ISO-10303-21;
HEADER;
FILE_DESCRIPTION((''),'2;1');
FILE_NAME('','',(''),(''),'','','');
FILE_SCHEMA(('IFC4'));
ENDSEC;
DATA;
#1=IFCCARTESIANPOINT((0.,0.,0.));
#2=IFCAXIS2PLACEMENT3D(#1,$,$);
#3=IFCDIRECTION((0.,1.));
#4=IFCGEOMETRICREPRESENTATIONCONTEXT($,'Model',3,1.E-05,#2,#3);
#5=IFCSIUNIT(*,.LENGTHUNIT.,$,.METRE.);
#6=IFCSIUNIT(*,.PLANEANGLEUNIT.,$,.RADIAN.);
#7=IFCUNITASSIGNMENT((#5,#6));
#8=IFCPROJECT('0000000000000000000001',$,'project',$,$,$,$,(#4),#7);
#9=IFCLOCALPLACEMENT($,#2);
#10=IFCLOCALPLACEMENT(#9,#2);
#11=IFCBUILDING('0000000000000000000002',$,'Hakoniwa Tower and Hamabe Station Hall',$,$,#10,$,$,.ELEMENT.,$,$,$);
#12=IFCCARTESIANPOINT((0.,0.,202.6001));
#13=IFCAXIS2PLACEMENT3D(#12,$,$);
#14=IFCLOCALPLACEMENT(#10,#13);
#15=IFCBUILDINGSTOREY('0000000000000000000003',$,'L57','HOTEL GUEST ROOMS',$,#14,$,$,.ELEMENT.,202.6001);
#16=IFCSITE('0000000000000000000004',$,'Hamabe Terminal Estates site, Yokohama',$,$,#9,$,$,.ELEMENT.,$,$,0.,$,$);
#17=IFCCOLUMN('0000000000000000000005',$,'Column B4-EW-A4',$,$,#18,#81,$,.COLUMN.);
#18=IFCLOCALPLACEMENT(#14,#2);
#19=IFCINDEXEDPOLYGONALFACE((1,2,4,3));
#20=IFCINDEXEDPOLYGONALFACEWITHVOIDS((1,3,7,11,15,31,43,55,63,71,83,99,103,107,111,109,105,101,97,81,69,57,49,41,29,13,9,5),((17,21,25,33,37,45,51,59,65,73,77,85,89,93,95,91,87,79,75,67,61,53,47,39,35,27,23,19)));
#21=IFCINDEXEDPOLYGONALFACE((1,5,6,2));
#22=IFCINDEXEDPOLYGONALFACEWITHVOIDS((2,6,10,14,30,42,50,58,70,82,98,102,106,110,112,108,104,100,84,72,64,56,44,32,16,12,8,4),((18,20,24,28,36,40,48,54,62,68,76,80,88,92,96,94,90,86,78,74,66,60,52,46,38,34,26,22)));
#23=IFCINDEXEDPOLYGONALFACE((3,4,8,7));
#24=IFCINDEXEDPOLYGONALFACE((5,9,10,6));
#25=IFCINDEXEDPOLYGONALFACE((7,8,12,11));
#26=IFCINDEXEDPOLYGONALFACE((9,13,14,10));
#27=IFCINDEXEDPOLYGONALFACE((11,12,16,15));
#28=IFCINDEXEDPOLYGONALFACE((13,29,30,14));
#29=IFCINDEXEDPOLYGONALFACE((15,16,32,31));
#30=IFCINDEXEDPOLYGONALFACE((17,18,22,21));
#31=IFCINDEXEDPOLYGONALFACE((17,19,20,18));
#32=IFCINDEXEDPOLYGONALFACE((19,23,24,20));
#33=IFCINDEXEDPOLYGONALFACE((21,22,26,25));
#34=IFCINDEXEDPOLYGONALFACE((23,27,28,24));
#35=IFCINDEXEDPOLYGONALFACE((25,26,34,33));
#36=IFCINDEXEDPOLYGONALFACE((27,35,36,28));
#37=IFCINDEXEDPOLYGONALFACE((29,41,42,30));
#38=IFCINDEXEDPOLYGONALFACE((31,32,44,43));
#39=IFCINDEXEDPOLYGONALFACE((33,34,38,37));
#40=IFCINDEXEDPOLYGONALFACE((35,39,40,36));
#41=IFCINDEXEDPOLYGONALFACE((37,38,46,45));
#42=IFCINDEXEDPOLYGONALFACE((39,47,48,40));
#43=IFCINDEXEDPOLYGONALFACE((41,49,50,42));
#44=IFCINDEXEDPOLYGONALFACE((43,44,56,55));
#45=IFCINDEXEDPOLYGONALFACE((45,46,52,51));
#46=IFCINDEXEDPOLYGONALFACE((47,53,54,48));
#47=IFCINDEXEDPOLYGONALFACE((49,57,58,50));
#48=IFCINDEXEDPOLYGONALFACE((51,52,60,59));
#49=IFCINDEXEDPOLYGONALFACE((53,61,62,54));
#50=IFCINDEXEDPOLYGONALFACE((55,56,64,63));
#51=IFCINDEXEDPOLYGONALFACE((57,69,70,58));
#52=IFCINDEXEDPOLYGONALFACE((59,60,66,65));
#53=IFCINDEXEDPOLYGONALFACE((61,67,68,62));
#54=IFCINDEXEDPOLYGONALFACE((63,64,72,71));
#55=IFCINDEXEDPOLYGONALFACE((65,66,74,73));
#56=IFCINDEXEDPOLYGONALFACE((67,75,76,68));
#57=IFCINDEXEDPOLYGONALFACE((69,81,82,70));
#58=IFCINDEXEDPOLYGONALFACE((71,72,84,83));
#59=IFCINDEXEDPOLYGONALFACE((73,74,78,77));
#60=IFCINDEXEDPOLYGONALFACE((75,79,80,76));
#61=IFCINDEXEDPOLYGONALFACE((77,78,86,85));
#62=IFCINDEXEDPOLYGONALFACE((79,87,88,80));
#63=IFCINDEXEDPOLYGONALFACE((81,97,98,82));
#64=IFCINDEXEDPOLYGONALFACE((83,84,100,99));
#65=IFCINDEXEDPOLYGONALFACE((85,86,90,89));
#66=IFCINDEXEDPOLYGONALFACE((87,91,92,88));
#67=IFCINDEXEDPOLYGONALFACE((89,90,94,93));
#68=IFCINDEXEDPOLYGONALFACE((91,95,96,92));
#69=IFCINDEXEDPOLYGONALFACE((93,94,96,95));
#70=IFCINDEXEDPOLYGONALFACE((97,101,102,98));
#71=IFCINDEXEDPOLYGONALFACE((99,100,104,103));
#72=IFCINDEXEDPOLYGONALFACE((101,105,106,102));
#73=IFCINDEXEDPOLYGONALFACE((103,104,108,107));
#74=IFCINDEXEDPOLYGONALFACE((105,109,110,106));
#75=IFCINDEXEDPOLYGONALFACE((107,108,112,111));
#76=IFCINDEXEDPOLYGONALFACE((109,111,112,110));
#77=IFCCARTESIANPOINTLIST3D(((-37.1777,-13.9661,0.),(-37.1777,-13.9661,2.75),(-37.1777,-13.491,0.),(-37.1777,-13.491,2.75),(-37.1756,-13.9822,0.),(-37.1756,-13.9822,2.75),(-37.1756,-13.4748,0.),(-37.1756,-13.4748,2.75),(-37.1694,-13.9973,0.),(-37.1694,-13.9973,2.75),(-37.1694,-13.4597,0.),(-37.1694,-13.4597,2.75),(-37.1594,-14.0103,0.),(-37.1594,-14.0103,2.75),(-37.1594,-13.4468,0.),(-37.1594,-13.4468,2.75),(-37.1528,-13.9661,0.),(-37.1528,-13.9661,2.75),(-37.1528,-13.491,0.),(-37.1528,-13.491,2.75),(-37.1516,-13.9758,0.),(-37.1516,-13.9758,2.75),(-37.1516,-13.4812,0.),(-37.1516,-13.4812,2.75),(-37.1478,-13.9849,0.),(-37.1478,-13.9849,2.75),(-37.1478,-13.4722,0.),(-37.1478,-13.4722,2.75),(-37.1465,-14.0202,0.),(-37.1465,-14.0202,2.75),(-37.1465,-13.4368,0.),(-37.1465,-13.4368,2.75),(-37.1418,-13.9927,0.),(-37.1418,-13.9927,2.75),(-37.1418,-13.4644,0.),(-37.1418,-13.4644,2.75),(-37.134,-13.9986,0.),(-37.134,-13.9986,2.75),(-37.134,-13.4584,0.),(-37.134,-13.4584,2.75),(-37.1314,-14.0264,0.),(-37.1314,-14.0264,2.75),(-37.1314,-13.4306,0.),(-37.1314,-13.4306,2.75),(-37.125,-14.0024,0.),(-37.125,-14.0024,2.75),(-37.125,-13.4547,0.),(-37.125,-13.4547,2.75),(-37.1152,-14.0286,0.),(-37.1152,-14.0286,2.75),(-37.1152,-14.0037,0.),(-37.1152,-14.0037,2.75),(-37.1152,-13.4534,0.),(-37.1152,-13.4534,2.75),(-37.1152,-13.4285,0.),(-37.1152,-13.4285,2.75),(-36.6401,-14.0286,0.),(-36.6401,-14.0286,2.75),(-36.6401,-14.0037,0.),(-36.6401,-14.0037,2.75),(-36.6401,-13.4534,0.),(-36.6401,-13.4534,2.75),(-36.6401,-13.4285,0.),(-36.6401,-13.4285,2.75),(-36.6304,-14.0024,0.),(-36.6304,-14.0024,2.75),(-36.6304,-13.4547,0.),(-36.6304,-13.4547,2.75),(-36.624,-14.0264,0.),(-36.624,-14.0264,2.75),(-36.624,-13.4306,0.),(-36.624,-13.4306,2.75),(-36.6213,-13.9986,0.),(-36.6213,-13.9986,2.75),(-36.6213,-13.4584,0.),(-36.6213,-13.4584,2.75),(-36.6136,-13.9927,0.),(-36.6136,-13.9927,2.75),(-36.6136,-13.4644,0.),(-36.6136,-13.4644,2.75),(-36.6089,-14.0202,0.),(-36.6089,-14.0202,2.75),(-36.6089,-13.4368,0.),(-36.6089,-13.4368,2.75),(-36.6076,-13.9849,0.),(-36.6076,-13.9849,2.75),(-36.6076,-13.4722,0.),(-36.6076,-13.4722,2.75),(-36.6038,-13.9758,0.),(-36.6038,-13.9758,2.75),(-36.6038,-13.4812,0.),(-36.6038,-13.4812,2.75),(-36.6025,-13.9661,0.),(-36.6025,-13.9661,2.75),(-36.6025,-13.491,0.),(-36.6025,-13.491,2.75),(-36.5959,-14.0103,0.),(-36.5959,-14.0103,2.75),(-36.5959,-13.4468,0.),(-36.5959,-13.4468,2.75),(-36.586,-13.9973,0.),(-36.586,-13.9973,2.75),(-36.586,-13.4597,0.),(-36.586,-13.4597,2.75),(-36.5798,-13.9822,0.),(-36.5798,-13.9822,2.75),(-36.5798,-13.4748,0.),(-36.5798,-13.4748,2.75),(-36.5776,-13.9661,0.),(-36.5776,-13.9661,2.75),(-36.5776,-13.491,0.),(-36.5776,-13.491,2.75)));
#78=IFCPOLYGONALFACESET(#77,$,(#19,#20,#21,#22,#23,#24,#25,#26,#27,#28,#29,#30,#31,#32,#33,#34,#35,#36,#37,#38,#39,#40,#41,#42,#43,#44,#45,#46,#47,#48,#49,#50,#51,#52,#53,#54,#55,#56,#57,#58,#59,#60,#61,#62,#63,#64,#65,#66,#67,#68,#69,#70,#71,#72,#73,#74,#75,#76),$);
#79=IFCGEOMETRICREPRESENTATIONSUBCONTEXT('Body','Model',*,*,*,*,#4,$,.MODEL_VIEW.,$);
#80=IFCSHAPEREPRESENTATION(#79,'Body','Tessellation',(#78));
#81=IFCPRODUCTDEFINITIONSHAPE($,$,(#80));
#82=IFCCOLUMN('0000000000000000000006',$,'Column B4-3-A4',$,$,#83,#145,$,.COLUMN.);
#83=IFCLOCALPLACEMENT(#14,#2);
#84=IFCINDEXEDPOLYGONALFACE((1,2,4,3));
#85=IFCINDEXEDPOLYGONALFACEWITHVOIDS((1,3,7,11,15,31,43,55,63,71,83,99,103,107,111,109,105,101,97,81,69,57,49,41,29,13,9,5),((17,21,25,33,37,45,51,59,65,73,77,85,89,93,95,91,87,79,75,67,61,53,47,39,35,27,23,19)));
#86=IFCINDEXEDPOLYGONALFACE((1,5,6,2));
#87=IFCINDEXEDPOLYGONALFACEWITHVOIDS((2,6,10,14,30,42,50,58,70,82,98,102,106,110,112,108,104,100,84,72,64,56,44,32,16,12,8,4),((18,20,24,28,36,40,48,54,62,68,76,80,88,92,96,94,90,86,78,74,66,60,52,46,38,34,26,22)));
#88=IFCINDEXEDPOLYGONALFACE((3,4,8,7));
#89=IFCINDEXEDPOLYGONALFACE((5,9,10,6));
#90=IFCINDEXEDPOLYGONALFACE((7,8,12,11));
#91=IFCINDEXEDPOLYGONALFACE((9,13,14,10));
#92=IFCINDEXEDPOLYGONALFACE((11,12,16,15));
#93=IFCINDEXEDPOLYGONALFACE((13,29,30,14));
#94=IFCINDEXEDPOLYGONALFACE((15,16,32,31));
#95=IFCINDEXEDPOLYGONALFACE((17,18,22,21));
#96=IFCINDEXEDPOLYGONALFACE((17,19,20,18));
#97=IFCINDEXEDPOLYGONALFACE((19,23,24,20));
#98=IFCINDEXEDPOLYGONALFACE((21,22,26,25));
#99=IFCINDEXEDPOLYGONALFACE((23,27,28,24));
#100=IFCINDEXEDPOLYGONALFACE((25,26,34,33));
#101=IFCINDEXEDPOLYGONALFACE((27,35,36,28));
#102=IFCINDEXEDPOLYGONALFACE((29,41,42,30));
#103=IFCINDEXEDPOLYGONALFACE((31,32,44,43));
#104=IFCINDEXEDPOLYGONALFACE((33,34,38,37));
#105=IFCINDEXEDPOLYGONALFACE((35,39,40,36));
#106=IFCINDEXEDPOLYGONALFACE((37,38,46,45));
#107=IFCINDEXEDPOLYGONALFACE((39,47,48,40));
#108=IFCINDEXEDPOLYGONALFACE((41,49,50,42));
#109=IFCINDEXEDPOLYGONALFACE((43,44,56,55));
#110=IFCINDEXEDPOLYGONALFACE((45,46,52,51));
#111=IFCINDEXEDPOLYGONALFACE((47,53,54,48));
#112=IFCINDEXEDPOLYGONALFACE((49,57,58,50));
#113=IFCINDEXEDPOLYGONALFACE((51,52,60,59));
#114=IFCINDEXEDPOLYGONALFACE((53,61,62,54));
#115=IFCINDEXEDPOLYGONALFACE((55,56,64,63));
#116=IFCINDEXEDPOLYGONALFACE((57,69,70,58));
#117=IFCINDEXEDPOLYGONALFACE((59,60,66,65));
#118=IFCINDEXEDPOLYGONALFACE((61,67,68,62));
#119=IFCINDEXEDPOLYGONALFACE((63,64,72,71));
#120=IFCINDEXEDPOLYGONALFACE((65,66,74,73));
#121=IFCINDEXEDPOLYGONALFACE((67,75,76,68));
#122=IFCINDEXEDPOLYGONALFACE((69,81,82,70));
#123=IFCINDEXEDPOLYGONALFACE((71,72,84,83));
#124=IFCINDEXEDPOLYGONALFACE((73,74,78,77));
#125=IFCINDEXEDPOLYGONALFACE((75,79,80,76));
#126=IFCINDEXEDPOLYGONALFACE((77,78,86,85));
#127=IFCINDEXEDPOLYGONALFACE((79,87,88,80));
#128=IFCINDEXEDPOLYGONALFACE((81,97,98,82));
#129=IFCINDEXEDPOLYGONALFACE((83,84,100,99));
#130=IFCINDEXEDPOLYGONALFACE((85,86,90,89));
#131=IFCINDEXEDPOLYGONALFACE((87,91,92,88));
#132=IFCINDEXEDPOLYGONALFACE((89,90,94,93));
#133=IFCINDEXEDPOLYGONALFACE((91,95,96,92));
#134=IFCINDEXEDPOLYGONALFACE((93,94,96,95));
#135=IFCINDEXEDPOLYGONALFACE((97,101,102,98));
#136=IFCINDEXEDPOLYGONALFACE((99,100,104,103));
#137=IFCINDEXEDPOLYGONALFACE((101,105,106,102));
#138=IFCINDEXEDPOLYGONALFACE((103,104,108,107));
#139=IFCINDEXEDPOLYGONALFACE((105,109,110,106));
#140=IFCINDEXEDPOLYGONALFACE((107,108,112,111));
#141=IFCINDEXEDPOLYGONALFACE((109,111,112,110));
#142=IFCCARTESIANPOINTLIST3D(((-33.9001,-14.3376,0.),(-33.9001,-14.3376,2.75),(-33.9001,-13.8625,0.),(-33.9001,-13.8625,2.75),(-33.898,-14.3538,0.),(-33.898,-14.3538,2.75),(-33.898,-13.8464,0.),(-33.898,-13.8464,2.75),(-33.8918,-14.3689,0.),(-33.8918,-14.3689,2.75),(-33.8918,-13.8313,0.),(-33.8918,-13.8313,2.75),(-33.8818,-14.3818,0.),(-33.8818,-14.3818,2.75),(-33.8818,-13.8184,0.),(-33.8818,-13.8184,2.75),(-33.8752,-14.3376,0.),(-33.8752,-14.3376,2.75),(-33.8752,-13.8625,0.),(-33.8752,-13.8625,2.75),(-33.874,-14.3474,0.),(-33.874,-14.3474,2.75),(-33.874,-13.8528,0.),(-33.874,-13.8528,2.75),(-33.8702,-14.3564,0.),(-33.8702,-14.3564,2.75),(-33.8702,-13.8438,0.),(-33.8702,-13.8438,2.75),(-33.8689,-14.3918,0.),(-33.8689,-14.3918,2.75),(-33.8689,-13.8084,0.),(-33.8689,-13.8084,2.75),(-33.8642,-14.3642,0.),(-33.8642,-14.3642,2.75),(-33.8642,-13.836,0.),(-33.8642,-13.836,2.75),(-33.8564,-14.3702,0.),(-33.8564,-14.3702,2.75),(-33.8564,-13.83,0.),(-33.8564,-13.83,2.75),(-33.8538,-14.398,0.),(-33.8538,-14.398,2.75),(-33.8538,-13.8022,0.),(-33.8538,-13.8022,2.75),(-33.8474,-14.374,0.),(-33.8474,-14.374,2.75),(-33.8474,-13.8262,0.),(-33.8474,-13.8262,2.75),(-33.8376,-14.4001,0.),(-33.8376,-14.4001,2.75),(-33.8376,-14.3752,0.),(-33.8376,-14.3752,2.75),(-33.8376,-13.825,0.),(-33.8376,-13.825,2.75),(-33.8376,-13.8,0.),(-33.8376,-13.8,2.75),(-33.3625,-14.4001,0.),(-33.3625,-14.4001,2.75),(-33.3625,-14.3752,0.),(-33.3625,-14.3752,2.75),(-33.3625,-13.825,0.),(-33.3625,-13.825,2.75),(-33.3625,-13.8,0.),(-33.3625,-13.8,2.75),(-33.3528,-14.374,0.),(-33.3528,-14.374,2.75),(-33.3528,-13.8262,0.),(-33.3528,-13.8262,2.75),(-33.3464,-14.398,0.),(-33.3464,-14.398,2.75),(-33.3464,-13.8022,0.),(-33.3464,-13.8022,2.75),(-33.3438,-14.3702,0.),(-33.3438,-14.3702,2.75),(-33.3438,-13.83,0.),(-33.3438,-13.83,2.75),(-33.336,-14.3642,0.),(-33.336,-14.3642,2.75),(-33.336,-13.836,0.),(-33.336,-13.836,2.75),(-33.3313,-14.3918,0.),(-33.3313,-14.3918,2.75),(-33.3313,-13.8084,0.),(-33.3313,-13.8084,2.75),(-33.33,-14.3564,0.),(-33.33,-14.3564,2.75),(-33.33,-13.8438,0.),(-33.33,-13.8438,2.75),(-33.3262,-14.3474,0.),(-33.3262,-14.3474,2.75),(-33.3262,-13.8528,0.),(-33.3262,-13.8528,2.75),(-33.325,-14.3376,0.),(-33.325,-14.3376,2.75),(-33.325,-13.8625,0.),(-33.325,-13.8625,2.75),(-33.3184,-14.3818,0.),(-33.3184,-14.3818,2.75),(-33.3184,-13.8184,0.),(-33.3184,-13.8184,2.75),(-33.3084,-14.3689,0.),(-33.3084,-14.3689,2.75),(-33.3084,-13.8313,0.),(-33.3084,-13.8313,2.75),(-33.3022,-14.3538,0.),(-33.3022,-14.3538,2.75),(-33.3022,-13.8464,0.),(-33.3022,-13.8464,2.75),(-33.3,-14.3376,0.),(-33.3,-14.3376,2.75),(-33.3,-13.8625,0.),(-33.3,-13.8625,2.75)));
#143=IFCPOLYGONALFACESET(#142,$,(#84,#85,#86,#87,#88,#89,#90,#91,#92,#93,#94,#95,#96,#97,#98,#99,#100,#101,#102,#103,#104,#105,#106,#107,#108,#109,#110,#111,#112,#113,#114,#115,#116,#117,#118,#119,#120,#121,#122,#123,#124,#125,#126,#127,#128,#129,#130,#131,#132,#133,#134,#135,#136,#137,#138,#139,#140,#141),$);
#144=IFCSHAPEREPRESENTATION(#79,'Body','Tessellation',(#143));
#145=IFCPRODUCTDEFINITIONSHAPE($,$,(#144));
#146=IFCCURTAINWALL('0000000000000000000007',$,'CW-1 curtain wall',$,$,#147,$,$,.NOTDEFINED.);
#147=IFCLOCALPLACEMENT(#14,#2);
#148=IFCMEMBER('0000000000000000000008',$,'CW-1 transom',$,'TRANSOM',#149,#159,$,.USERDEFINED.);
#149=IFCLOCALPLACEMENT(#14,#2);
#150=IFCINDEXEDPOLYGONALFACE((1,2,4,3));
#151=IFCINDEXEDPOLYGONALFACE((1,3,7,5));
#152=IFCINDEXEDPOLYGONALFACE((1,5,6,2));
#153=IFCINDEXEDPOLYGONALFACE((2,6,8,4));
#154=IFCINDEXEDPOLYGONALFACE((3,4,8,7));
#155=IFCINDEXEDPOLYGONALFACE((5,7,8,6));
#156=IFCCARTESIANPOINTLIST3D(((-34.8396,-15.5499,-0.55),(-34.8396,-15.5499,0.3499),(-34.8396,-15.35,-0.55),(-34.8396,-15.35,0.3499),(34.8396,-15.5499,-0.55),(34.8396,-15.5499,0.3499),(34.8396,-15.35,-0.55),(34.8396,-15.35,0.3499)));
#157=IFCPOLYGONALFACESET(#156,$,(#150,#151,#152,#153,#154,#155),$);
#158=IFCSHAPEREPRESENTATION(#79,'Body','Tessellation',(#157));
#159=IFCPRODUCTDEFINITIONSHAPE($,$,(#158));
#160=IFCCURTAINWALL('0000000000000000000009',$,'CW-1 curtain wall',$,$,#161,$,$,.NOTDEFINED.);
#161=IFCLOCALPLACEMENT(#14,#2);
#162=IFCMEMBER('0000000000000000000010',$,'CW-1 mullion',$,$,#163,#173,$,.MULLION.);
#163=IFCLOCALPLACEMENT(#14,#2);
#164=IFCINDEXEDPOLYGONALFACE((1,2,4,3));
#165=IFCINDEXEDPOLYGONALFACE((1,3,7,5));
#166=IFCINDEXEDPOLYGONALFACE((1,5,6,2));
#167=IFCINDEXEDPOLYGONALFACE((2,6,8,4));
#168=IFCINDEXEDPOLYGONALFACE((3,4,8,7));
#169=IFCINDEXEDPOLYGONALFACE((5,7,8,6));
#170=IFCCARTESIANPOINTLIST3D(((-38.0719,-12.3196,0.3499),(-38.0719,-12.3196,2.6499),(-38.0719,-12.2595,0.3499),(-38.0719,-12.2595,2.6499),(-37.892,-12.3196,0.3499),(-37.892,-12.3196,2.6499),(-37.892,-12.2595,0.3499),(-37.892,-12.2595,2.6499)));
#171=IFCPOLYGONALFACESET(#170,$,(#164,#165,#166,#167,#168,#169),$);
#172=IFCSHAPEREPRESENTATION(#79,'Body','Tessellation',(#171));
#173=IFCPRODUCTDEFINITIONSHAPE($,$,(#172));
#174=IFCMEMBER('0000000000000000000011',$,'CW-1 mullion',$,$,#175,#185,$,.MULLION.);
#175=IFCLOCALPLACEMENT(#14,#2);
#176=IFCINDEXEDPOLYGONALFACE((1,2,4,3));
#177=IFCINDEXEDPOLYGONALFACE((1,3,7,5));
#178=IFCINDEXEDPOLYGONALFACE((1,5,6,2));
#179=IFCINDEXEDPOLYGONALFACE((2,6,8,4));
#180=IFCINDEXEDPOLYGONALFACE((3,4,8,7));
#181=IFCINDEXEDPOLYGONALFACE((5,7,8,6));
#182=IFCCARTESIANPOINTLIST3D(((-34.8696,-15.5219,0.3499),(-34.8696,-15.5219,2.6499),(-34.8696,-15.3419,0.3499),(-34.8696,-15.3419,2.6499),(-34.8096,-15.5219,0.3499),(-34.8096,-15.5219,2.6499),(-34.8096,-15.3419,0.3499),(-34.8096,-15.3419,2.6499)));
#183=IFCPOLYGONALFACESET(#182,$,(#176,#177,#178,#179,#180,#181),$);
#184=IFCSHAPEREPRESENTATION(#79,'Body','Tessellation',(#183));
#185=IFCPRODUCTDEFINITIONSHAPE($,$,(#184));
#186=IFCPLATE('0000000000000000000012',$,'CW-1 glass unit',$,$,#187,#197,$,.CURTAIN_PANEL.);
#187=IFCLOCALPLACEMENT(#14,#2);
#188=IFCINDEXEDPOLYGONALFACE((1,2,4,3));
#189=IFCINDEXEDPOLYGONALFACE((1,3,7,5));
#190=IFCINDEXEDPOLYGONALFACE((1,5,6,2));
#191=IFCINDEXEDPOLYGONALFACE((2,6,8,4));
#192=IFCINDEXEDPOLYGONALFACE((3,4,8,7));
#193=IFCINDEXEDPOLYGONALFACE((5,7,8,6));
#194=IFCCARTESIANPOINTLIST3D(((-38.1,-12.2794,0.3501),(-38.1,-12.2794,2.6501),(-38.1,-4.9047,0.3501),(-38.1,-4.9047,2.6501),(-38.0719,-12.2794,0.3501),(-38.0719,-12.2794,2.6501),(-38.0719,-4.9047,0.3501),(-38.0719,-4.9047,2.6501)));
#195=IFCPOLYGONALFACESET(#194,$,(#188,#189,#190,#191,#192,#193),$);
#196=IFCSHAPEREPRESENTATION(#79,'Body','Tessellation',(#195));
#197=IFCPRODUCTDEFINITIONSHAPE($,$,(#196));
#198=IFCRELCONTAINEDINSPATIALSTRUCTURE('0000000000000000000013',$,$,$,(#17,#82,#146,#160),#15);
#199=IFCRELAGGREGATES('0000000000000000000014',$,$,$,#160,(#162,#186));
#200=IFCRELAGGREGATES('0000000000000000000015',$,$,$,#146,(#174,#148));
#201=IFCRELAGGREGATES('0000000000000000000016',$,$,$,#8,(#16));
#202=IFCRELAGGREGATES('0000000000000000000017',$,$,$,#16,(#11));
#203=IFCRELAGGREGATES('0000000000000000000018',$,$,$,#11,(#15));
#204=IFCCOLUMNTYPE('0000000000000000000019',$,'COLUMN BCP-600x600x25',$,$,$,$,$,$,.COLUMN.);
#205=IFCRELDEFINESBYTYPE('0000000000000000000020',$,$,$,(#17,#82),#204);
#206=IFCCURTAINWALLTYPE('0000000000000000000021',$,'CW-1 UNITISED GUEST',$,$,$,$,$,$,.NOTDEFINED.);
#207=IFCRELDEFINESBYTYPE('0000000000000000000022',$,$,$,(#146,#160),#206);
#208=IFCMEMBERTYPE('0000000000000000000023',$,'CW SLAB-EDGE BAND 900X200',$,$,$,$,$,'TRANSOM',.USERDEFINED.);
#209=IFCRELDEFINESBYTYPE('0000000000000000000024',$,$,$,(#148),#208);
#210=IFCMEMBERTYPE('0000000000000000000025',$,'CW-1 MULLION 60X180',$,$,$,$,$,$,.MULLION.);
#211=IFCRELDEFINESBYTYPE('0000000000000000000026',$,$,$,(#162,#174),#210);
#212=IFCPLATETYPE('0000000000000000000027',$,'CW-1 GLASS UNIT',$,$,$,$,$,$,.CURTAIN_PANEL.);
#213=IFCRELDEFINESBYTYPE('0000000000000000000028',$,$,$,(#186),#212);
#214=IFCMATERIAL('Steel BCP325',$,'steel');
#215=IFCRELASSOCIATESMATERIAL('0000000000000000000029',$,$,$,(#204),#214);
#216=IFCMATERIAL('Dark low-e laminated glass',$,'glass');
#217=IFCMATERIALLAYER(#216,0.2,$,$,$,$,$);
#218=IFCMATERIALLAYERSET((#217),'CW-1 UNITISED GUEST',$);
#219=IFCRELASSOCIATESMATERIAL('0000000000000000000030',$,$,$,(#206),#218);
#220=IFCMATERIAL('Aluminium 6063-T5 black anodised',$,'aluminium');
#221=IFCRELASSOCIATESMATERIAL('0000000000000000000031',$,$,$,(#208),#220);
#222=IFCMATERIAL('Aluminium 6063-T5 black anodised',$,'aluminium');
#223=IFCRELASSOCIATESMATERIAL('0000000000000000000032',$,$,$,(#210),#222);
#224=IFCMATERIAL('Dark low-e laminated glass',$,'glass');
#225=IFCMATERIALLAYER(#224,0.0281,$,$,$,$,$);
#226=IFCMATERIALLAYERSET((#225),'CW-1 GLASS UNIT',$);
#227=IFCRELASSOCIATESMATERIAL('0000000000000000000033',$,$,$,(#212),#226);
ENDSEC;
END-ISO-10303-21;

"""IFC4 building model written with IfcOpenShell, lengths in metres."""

from ifc_helpers import new_model, si_unit, direction, frame, origin, origin_2d, place, context, subcontext, project, spatial, rectangle, hollow_rectangle, extrude, material, layer, layer_set, material_profile, profile_set, type_object, element, aggregate, save


model = new_model("IFC4")

# Units and contexts
model_context = context("Model", 3, precision=1e-05, world=origin(), true_north=direction((0.0, 1.0)))
body_context = subcontext(model_context, "Body", "Model", "MODEL_VIEW")
ifc_project = project(units=[si_unit("LENGTHUNIT", "METRE"), si_unit("PLANEANGLEUNIT", "RADIAN")], contexts=[model_context])

# Site, building, storey
site_placement = place(None, origin())
site = spatial("IfcSite", under=ifc_project, at=site_placement, Name="Hamabe Terminal Estates site, Yokohama", CompositionType="ELEMENT", RefElevation=0.0)
building_placement = place(site_placement, origin())
building = spatial("IfcBuilding", under=site, at=building_placement, Name="Hakoniwa Tower and Hamabe Station Hall", CompositionType="ELEMENT")
storey_placement = place(building_placement, frame((0.0, 0.0, 202.6001)))
storey = spatial("IfcBuildingStorey", under=building, at=storey_placement, Name="L57", Description="HOTEL GUEST ROOMS", CompositionType="ELEMENT", Elevation=202.6001)

# Columns
ifc_material_1 = material(Name="Steel BCP325", Category="steel")
ifc_material_profile_1 = material_profile(ifc_material_1, hollow_rectangle(XDim=0.6001, YDim=0.6001, WallThickness=0.0249, InnerFilletRadius=0.0376, OuterFilletRadius=0.0625, at=origin_2d()), Name="BCP-600x600x25")
ifc_profile_set_1 = profile_set([ifc_material_profile_1], Name="Steel BCP325")
column_type = type_object("IfcColumnType", Name="COLUMN BCP-600x600x25", PredefinedType="COLUMN", material=ifc_profile_set_1)
for number, where, z_axis, x_axis, name in (
    (1, (-36.8777, -13.7285, 0.0), (0.0, 0.0, 1.0), (1.0, 0.0, 0.0), "Column B4-EW-A4"),
    (2, (-33.6001, -14.1001, 0.0), (0.0, 0.0, 1.0), (1.0, 0.0, 0.0), "Column B4-3-A4"),
):
    element("IfcColumn", number, at=place(storey_placement, frame(where, z_axis=z_axis, x_axis=x_axis)), inside=storey, type_object=column_type, Name=name, PredefinedType="COLUMN", context=body_context, shape_type="SweptSolid", body=[
        extrude(hollow_rectangle(XDim=0.6001, YDim=0.6001, WallThickness=0.0249, InnerFilletRadius=0.0376, OuterFilletRadius=0.0625, at=origin_2d()), origin(), (0.0, 0.0, 1.0), 2.75),
    ])

# Curtain walls, members
ifc_material_2 = material(Name="Dark low-e laminated glass", Category="glass")
ifc_layer_1 = layer(ifc_material_2, 0.2)
ifc_layer_set_1 = layer_set([ifc_layer_1], Name="CW-1 UNITISED GUEST")
curtain_wall_type = type_object("IfcCurtainWallType", Name="CW-1 UNITISED GUEST", PredefinedType="NOTDEFINED", material=ifc_layer_set_1)
curtain_wall_1_placement = place(storey_placement, origin())
curtain_wall_1 = element("IfcCurtainWall", 3, at=curtain_wall_1_placement, inside=storey, type_object=curtain_wall_type, Name="CW-1 curtain wall", PredefinedType="NOTDEFINED")
ifc_material_3 = material(Name="Aluminium 6063-T5 black anodised", Category="aluminium")
ifc_material_profile_2 = material_profile(ifc_material_3, rectangle(XDim=0.2, YDim=0.8999, at=origin_2d()), Name="CW SLAB-EDGE BAND 900X200")
ifc_profile_set_2 = profile_set([ifc_material_profile_2], Name="Aluminium 6063-T5 black anodised")
member_type_1 = type_object("IfcMemberType", Name="CW SLAB-EDGE BAND 900X200", ElementType="TRANSOM", PredefinedType="USERDEFINED", material=ifc_profile_set_2)
member_1_placement = place(storey_placement, frame((-34.8396, -15.45, -0.1001), z_axis=(1.0, 0.0, 0.0), x_axis=(0.0, 1.0, 0.0)))
member_1 = element("IfcMember", 4, at=member_1_placement, type_object=member_type_1, Name="CW-1 transom", ObjectType="TRANSOM", PredefinedType="USERDEFINED", context=body_context, shape_type="SweptSolid", body=[
    extrude(rectangle(XDim=0.2, YDim=0.8999, at=origin_2d()), origin(), (0.0, 0.0, 1.0), 69.6792),
])
curtain_wall_2_placement = place(storey_placement, origin())
curtain_wall_2 = element("IfcCurtainWall", 5, at=curtain_wall_2_placement, inside=storey, type_object=curtain_wall_type, Name="CW-1 curtain wall", PredefinedType="NOTDEFINED")
ifc_material_4 = material(Name="Aluminium 6063-T5 black anodised", Category="aluminium")
ifc_material_profile_3 = material_profile(ifc_material_4, rectangle(XDim=0.0601, YDim=0.1799, at=origin_2d()), Name="CW-1 MULLION 60X180")
ifc_profile_set_3 = profile_set([ifc_material_profile_3], Name="Aluminium 6063-T5 black anodised")
member_type_2 = type_object("IfcMemberType", Name="CW-1 MULLION 60X180", PredefinedType="MULLION", material=ifc_profile_set_3)
member_2_placement = place(storey_placement, frame((-37.9819, -12.2896, 0.3499), z_axis=(0.0, 0.0, 1.0), x_axis=(0.0, -1.0, 0.0)))
member_2 = element("IfcMember", 6, at=member_2_placement, type_object=member_type_2, Name="CW-1 mullion", PredefinedType="MULLION", context=body_context, shape_type="SweptSolid", body=[
    extrude(rectangle(XDim=0.0601, YDim=0.1799, at=origin_2d()), origin(), (0.0, 0.0, 1.0), 2.3),
])

# Member
member_3_placement = place(storey_placement, frame((-34.8396, -15.4319, 0.3499), z_axis=(0.0, 0.0, 1.0), x_axis=(1.0, 0.0, 0.0)))
member_3 = element("IfcMember", 7, at=member_3_placement, type_object=member_type_2, Name="CW-1 mullion", PredefinedType="MULLION", context=body_context, shape_type="SweptSolid", body=[
    extrude(rectangle(XDim=0.0601, YDim=0.1799, at=origin_2d()), origin(), (0.0, 0.0, 1.0), 2.3),
])

# Plate
ifc_material_5 = material(Name="Dark low-e laminated glass", Category="glass")
ifc_layer_2 = layer(ifc_material_5, 0.0281)
ifc_layer_set_2 = layer_set([ifc_layer_2], Name="CW-1 GLASS UNIT")
plate_type = type_object("IfcPlateType", Name="CW-1 GLASS UNIT", PredefinedType="CURTAIN_PANEL", material=ifc_layer_set_2)
plate_1_placement = place(storey_placement, frame((-38.0859, -8.592, 0.3501), z_axis=(0.0, 0.0, 1.0), x_axis=(0.0, -1.0, 0.0)))
plate_1 = element("IfcPlate", 8, at=plate_1_placement, type_object=plate_type, Name="CW-1 glass unit", PredefinedType="CURTAIN_PANEL", context=body_context, shape_type="SweptSolid", body=[
    extrude(rectangle(XDim=7.3748, YDim=0.0281, at=origin_2d()), origin(), (0.0, 0.0, 1.0), 2.3),
])
aggregate(curtain_wall_2, [member_2, plate_1])
aggregate(curtain_wall_1, [member_3, member_1])

save(model, "model.ifc")
